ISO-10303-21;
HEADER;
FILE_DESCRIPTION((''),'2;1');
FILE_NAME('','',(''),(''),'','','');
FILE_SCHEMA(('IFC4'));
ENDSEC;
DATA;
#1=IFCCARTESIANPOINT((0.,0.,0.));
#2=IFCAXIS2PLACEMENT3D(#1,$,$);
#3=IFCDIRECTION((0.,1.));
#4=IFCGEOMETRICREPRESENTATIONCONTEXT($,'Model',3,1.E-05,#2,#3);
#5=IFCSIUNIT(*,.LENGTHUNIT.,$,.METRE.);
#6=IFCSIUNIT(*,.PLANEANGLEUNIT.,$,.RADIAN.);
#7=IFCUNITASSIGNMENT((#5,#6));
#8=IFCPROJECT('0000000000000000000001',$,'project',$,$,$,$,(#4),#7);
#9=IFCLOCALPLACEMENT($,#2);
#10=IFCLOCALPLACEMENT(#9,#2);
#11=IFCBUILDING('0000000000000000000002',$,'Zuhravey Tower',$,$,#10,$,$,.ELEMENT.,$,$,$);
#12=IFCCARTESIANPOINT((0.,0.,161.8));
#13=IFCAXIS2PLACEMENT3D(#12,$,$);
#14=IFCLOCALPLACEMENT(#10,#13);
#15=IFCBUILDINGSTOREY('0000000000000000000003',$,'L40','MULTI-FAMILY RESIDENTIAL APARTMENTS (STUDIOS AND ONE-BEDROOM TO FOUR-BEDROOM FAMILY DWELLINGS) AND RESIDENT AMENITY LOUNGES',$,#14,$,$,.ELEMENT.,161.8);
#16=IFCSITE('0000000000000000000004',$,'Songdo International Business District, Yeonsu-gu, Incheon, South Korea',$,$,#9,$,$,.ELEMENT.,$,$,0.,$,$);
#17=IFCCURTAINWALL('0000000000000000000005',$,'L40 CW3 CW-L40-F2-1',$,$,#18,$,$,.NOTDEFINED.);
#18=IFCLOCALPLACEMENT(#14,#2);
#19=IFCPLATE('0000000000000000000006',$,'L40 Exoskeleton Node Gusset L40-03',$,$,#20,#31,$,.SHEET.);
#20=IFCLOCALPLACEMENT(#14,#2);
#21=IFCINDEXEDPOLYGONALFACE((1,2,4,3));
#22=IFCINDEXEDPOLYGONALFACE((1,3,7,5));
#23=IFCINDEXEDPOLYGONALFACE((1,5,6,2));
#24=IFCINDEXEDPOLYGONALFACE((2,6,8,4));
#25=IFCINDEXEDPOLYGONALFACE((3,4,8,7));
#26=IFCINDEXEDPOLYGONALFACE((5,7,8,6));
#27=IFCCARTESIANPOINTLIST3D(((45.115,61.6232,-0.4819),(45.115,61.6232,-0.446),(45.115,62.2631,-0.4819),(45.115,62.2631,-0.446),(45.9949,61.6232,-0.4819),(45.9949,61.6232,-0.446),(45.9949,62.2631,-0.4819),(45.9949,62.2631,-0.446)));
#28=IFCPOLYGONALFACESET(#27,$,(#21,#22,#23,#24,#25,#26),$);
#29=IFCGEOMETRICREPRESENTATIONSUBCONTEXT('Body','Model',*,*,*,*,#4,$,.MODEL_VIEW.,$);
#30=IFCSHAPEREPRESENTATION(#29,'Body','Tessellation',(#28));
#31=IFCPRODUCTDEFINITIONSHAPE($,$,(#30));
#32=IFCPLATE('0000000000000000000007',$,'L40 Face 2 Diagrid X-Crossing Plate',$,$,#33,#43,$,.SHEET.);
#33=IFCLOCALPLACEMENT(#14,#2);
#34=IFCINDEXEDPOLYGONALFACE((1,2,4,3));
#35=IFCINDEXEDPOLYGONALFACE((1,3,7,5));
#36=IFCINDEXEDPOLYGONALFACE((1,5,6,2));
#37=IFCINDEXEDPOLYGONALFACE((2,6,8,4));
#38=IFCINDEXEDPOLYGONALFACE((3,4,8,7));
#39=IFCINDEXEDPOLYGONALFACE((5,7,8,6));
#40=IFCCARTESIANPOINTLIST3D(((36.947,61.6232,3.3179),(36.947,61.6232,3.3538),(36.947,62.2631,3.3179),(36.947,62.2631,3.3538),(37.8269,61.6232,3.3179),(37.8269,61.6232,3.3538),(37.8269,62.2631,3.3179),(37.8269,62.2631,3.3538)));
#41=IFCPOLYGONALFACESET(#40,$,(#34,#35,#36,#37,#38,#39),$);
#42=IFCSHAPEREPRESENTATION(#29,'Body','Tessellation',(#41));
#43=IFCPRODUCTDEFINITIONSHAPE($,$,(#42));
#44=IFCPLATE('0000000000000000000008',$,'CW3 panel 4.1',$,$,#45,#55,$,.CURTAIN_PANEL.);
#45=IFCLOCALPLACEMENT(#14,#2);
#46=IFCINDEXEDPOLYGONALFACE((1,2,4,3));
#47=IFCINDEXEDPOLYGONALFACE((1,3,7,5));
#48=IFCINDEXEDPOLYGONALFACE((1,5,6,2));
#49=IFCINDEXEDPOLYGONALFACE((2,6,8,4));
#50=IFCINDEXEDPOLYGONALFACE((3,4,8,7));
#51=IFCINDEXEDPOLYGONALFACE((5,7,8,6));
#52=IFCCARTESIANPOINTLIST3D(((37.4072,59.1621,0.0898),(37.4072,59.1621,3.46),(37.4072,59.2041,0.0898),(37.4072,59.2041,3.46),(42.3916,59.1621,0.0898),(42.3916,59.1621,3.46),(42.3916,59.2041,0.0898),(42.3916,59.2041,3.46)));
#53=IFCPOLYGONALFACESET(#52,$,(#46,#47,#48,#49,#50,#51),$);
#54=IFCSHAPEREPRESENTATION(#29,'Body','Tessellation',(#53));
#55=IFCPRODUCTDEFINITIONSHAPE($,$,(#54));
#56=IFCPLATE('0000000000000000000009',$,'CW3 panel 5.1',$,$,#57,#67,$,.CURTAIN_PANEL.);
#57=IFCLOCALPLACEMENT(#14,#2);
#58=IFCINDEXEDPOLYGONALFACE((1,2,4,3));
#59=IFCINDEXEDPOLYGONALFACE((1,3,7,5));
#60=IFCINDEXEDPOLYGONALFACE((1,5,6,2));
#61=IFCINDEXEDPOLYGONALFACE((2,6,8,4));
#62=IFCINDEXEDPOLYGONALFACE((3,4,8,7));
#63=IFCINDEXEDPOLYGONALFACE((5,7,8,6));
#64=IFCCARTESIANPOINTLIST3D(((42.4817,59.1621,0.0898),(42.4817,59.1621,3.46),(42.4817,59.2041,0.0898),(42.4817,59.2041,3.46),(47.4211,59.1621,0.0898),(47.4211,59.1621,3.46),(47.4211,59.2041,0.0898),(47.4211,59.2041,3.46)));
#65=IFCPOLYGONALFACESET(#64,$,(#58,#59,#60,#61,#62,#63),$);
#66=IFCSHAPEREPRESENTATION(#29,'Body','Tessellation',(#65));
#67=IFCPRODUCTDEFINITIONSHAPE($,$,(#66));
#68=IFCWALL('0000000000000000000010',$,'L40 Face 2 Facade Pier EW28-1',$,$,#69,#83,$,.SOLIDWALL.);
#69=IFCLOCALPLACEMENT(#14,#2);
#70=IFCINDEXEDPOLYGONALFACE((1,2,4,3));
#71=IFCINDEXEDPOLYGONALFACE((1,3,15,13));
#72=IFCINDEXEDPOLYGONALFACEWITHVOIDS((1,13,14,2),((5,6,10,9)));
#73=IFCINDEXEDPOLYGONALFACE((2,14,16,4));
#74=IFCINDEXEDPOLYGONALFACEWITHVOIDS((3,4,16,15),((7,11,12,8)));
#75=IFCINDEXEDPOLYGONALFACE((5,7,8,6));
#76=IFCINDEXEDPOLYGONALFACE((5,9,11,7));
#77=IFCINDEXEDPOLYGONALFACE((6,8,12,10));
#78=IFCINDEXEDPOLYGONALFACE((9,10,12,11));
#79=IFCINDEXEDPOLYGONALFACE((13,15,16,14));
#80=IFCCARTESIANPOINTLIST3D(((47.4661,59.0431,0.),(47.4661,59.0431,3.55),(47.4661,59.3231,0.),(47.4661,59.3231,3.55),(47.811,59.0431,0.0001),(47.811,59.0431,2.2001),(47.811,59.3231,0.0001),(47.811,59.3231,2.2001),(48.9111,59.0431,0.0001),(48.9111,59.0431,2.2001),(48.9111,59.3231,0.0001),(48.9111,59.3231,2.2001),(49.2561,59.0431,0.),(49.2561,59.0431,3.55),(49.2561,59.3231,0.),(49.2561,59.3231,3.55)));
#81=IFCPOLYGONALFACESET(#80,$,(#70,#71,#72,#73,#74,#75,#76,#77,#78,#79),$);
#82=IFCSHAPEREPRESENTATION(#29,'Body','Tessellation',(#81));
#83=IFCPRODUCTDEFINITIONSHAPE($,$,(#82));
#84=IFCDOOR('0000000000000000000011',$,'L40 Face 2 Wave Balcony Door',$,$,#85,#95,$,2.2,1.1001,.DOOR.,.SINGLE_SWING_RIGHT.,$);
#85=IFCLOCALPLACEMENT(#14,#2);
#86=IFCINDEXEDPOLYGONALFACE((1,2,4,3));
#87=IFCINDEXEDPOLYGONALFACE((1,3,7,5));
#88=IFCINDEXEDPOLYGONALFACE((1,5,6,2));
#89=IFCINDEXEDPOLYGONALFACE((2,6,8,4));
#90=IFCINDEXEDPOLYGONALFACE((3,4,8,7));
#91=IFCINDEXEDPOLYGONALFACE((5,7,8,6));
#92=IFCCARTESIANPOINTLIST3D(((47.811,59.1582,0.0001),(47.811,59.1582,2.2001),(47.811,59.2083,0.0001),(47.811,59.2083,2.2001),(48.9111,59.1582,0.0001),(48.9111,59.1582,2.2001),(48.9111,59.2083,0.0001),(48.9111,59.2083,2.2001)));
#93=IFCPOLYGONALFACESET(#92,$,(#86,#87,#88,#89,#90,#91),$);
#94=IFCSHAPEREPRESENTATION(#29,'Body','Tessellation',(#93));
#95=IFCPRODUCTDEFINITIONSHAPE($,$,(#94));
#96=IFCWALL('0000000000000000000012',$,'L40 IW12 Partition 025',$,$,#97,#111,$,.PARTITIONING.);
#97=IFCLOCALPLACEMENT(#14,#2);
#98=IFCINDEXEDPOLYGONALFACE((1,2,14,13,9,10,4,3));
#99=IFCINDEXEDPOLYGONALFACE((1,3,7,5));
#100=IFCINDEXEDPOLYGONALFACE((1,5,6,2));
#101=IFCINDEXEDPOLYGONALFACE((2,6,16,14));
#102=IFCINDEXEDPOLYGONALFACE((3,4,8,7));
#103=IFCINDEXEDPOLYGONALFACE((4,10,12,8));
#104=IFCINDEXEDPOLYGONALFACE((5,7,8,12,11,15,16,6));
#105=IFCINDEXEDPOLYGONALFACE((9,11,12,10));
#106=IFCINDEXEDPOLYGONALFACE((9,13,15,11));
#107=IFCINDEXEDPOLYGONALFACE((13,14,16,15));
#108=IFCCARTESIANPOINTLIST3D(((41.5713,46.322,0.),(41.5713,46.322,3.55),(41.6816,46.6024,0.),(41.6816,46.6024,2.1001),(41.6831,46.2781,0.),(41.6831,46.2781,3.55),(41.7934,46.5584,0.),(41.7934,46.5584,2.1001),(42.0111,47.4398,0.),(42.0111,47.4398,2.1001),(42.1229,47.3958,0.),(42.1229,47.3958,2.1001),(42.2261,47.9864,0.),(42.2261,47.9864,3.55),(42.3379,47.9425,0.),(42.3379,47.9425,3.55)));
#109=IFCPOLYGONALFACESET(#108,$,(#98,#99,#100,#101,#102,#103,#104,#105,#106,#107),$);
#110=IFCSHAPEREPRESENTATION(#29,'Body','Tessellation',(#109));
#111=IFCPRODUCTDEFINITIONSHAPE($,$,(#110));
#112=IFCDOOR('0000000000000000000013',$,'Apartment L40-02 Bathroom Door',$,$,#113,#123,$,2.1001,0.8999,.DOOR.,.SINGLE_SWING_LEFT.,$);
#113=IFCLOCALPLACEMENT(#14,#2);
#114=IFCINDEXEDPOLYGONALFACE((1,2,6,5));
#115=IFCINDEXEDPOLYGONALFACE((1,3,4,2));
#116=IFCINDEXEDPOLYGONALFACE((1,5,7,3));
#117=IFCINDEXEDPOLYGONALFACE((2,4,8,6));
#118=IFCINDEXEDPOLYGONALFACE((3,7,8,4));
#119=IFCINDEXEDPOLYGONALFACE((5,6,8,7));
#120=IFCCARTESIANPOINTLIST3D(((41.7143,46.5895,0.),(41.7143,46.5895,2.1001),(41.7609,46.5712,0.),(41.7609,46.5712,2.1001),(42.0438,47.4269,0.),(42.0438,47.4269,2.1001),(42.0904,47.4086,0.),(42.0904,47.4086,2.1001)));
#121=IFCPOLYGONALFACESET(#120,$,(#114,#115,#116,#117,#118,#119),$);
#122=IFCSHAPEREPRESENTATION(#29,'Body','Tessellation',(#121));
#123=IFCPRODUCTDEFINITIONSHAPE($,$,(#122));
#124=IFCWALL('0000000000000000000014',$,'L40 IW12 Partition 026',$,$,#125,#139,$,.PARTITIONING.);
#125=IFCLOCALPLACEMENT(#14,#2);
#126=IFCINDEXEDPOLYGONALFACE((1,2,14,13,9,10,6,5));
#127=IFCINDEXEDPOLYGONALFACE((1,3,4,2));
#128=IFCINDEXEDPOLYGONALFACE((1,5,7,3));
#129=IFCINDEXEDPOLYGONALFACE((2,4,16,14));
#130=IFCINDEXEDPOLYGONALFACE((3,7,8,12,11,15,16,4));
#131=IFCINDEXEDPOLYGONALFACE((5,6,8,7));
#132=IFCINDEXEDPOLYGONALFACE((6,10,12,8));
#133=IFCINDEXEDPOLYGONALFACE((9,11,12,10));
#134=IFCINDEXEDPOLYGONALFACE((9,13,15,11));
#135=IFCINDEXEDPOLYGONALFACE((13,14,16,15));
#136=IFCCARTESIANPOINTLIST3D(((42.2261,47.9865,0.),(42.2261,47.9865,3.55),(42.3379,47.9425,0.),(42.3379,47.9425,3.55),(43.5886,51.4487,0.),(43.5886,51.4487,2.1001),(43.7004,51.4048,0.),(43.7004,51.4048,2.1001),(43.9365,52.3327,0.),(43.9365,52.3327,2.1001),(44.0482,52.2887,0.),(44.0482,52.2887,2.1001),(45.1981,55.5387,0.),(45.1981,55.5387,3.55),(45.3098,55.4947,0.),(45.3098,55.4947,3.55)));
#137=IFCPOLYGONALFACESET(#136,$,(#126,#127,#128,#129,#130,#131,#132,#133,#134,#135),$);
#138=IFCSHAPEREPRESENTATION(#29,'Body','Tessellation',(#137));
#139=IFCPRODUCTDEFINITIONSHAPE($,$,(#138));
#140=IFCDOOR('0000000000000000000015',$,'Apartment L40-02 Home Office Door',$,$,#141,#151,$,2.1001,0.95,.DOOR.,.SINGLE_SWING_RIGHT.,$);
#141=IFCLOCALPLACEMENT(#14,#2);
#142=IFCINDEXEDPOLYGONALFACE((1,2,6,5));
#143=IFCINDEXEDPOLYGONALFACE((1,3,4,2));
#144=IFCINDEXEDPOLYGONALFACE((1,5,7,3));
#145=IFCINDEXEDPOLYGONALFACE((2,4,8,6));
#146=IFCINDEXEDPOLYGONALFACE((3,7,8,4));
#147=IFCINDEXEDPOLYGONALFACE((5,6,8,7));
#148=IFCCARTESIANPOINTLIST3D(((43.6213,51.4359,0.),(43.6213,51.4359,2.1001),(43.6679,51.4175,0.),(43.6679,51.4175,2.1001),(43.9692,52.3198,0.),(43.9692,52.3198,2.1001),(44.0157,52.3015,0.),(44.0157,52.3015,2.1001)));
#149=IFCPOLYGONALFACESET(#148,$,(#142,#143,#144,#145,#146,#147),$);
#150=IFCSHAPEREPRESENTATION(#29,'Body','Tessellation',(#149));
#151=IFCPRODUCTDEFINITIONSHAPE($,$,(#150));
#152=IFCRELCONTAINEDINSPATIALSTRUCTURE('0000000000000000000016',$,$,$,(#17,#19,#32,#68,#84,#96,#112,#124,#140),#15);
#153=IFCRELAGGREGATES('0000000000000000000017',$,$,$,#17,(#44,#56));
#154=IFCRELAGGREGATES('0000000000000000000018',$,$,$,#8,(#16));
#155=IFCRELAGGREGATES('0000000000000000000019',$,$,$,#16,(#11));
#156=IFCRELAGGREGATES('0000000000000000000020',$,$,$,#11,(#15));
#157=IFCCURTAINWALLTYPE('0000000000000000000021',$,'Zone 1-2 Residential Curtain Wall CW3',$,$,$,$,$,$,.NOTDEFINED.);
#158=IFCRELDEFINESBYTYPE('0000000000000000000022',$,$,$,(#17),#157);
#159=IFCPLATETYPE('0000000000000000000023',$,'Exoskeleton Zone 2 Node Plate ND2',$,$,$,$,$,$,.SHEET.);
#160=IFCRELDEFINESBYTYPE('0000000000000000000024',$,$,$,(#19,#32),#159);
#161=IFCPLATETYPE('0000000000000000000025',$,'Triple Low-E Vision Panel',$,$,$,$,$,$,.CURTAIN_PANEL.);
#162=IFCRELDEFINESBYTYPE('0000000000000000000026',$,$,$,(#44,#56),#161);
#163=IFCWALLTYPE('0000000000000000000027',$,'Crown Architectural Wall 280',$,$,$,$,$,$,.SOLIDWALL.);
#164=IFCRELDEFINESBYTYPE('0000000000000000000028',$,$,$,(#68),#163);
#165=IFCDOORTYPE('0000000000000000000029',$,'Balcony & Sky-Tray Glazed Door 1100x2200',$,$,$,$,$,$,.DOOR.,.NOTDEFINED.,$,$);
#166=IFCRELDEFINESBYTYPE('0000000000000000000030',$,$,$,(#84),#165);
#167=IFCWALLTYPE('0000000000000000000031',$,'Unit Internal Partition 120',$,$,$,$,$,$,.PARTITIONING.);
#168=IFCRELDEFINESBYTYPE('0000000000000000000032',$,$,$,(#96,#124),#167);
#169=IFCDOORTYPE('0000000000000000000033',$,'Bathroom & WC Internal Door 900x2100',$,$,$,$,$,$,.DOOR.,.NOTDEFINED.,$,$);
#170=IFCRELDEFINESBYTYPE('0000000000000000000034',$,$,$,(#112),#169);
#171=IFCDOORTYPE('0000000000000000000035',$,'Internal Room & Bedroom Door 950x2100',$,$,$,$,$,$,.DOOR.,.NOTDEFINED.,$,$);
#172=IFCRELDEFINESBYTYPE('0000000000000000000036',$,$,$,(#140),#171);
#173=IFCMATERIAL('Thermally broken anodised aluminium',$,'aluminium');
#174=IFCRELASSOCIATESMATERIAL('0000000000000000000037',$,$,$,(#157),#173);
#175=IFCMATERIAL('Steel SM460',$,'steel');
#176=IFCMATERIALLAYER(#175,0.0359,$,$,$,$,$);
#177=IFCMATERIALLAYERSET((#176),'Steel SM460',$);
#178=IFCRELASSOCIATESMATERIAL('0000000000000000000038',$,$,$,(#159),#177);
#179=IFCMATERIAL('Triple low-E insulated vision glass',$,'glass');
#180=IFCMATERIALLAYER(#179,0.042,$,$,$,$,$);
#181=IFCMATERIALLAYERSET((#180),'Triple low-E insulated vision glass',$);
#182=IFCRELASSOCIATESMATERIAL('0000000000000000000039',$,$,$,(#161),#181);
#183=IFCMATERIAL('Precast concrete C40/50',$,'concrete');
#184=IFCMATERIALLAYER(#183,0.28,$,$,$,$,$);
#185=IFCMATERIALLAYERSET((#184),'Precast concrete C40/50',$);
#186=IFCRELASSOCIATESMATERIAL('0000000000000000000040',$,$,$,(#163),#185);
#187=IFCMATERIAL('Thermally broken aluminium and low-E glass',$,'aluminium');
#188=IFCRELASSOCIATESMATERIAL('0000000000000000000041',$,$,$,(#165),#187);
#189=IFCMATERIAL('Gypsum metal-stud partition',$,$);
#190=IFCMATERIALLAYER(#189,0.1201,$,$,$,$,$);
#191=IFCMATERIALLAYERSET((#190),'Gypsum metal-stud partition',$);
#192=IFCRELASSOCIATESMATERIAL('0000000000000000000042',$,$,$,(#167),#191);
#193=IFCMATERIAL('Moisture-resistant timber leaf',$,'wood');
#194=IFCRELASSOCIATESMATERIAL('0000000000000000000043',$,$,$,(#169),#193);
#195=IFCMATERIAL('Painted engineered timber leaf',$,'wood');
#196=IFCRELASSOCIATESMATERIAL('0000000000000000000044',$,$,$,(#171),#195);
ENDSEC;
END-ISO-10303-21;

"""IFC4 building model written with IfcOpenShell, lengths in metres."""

from ifc_helpers import new_model, si_unit, direction, frame, frame_2d, origin, origin_2d, place, context, subcontext, project, spatial, rectangle, extrude, material, layer, layer_set, type_object, element, fill, aggregate, save


model = new_model("IFC4")

# Units and contexts
model_context = context("Model", 3, precision=1e-05, world=origin(), true_north=direction((0.0, 1.0)))
body_context = subcontext(model_context, "Body", "Model", "MODEL_VIEW")
ifc_project = project(units=[si_unit("LENGTHUNIT", "METRE"), si_unit("PLANEANGLEUNIT", "RADIAN")], contexts=[model_context])

# Site, building, storey
site_placement = place(None, origin())
site = spatial("IfcSite", under=ifc_project, at=site_placement, Name="Songdo International Business District, Yeonsu-gu, Incheon, South Korea", CompositionType="ELEMENT", RefElevation=0.0)
building_placement = place(site_placement, origin())
building = spatial("IfcBuilding", under=site, at=building_placement, Name="Zuhravey Tower", CompositionType="ELEMENT")
storey_placement = place(building_placement, frame((0.0, 0.0, 161.8)))
storey = spatial("IfcBuildingStorey", under=building, at=storey_placement, Name="L40", Description="MULTI-FAMILY RESIDENTIAL APARTMENTS (STUDIOS AND ONE-BEDROOM TO FOUR-BEDROOM FAMILY DWELLINGS) AND RESIDENT AMENITY LOUNGES", CompositionType="ELEMENT", Elevation=161.8)

# Curtain wall
ifc_material_1 = material(Name="Thermally broken anodised aluminium", Category="aluminium")
curtain_wall_type = type_object("IfcCurtainWallType", Name="Zone 1-2 Residential Curtain Wall CW3", PredefinedType="NOTDEFINED", material=ifc_material_1)
curtain_wall_placement = place(storey_placement, origin())
curtain_wall = element("IfcCurtainWall", 1, at=curtain_wall_placement, inside=storey, type_object=curtain_wall_type, Name="L40 CW3 CW-L40-F2-1", PredefinedType="NOTDEFINED")

# Shared definitions
ifc_material_2 = material(Name="Steel SM460", Category="steel")

# Plates
ifc_layer_1 = layer(ifc_material_2, 0.0359)
ifc_layer_set_1 = layer_set([ifc_layer_1], Name="Steel SM460")
plate_type_1 = type_object("IfcPlateType", Name="Exoskeleton Zone 2 Node Plate ND2", PredefinedType="SHEET", material=ifc_layer_set_1)
for number, where, z_axis, x_axis, name in (
    (2, (45.5549, 61.9431, -0.4819), (0.0, 0.0, 1.0), (-1.0, 0.0, 0.0), "L40 Exoskeleton Node Gusset L40-03"),
    (3, (37.387, 61.9431, 3.3179), (0.0, 0.0, 1.0), (-1.0, 0.0, 0.0), "L40 Face 2 Diagrid X-Crossing Plate"),
):
    element("IfcPlate", number, at=place(storey_placement, frame(where, z_axis=z_axis, x_axis=x_axis)), inside=storey, type_object=plate_type_1, Name=name, PredefinedType="SHEET", context=body_context, shape_type="SweptSolid", body=[
        extrude(rectangle(XDim=0.8799, YDim=0.6399, at=origin_2d()), origin(), (0.0, 0.0, 1.0), 0.0359),
    ])

# Plates
ifc_material_3 = material(Name="Triple low-E insulated vision glass", Category="glass")
ifc_layer_2 = layer(ifc_material_3, 0.042)
ifc_layer_set_2 = layer_set([ifc_layer_2], Name="Triple low-E insulated vision glass")
plate_type_2 = type_object("IfcPlateType", Name="Triple Low-E Vision Panel", PredefinedType="CURTAIN_PANEL", material=ifc_layer_set_2)
plate_1_placement = place(storey_placement, frame((39.8994, 59.1831, 0.0898), z_axis=(0.0, 0.0, 1.0), x_axis=(1.0, 0.0, 0.0)))
plate_1 = element("IfcPlate", 4, at=plate_1_placement, type_object=plate_type_2, Name="CW3 panel 4.1", PredefinedType="CURTAIN_PANEL", context=body_context, shape_type="SweptSolid", body=[
    extrude(rectangle(XDim=4.9844, YDim=0.042, at=origin_2d()), origin(), (0.0, 0.0, 1.0), 3.3701),
])
plate_2_placement = place(storey_placement, frame((44.9514, 59.1831, 0.0898), z_axis=(0.0, 0.0, 1.0), x_axis=(1.0, 0.0, 0.0)))
plate_2 = element("IfcPlate", 5, at=plate_2_placement, type_object=plate_type_2, Name="CW3 panel 5.1", PredefinedType="CURTAIN_PANEL", context=body_context, shape_type="SweptSolid", body=[
    extrude(rectangle(XDim=4.9395, YDim=0.042, at=origin_2d()), origin(), (0.0, 0.0, 1.0), 3.3701),
])
aggregate(curtain_wall, [plate_1, plate_2])

# Walls, openings, doors
ifc_material_4 = material(Name="Precast concrete C40/50", Category="concrete")
ifc_layer_3 = layer(ifc_material_4, 0.28)
ifc_layer_set_3 = layer_set([ifc_layer_3], Name="Precast concrete C40/50")
wall_type_1 = type_object("IfcWallType", Name="Crown Architectural Wall 280", PredefinedType="SOLIDWALL", material=ifc_layer_set_3)
wall_1_placement = place(storey_placement, frame((47.4661, 59.1831, 0.0), z_axis=(0.0, 0.0, 1.0), x_axis=(1.0, 0.0, 0.0)))
wall_1 = element("IfcWall", 6, at=wall_1_placement, inside=storey, type_object=wall_type_1, Name="L40 Face 2 Facade Pier EW28-1", PredefinedType="SOLIDWALL", context=body_context, shape_type="SweptSolid", body=[
    extrude(rectangle(XDim=1.79, YDim=0.28, at=frame_2d((0.895, 0.0))), origin(), (0.0, 0.0, 1.0), 3.55),
])
opening_1_placement = place(wall_1_placement, frame((0.345, 0.0, 0.0)))
opening_1 = element("IfcOpeningElement", 7, at=opening_1_placement, cuts=wall_1, PredefinedType="OPENING", context=body_context, shape_type="SweptSolid", body=[
    extrude(rectangle(XDim=1.1001, YDim=2.2, at=frame_2d((0.55, 1.1001))), frame((0.0, 0.1521, 0.0), z_axis=(0.0, -1.0, 0.0), x_axis=(1.0, 0.0, 0.0)), (0.0, 0.0, 1.0), 0.304),
])
ifc_material_5 = material(Name="Thermally broken aluminium and low-E glass", Category="aluminium")
door_type_1 = type_object("IfcDoorType", Name="Balcony & Sky-Tray Glazed Door 1100x2200", OperationType="NOTDEFINED", PredefinedType="DOOR", material=ifc_material_5)
door_1_placement = place(opening_1_placement, frame((1.1001, 0.0, 0.0), z_axis=(0.0, 0.0, 1.0), x_axis=(-1.0, 0.0, 0.0)))
door_1 = element("IfcDoor", 8, at=door_1_placement, inside=storey, type_object=door_type_1, Name="L40 Face 2 Wave Balcony Door", OperationType="SINGLE_SWING_RIGHT", OverallHeight=2.2, OverallWidth=1.1001, PredefinedType="DOOR", context=body_context, shape_type="SweptSolid", body=[
    extrude(rectangle(XDim=1.1001, YDim=2.2, at=frame_2d((0.55, 1.1001))), frame((0.0, 0.0249, 0.0), z_axis=(0.0, -1.0, 0.0), x_axis=(1.0, 0.0, 0.0)), (0.0, 0.0, 1.0), 0.05),
])
fill(opening_1, door_1)
ifc_material_6 = material(Name="Gypsum metal-stud partition")
ifc_layer_4 = layer(ifc_material_6, 0.1201)
ifc_layer_set_4 = layer_set([ifc_layer_4], Name="Gypsum metal-stud partition")
wall_type_2 = type_object("IfcWallType", Name="Unit Internal Partition 120", PredefinedType="PARTITIONING", material=ifc_layer_set_4)
wall_2_placement = place(storey_placement, frame((41.6272, 46.3, 0.0), z_axis=(0.0, 0.0, 1.0), x_axis=(0.366113, 0.930571, 0.0)))
wall_2 = element("IfcWall", 9, at=wall_2_placement, inside=storey, type_object=wall_type_2, Name="L40 IW12 Partition 025", PredefinedType="PARTITIONING", context=body_context, shape_type="SweptSolid", body=[
    extrude(rectangle(XDim=1.7886, YDim=0.1201, at=frame_2d((0.8943, 0.0))), origin(), (0.0, 0.0, 1.0), 3.55),
])
opening_2_placement = place(wall_2_placement, frame((0.3013, 0.0, 0.0)))
opening_2 = element("IfcOpeningElement", 10, at=opening_2_placement, cuts=wall_2, PredefinedType="OPENING", context=body_context, shape_type="SweptSolid", body=[
    extrude(rectangle(XDim=0.8999, YDim=2.1001, at=frame_2d((0.45, 1.05))), frame((0.0, 0.072, 0.0), z_axis=(0.0, -1.0, 0.0), x_axis=(1.0, 0.0, 0.0)), (0.0, 0.0, 1.0), 0.144),
])
ifc_material_7 = material(Name="Moisture-resistant timber leaf", Category="wood")
door_type_2 = type_object("IfcDoorType", Name="Bathroom & WC Internal Door 900x2100", OperationType="NOTDEFINED", PredefinedType="DOOR", material=ifc_material_7)
door_2_placement = place(opening_2_placement, origin())
door_2 = element("IfcDoor", 11, at=door_2_placement, inside=storey, type_object=door_type_2, Name="Apartment L40-02 Bathroom Door", OperationType="SINGLE_SWING_LEFT", OverallHeight=2.1001, OverallWidth=0.8999, PredefinedType="DOOR", context=body_context, shape_type="SweptSolid", body=[
    extrude(rectangle(XDim=0.8999, YDim=2.1001, at=frame_2d((0.45, 1.05))), frame((0.0, 0.0249, 0.0), z_axis=(0.0, -1.0, 0.0), x_axis=(1.0, 0.0, 0.0)), (0.0, 0.0, 1.0), 0.05),
])
fill(opening_2, door_2)
wall_3_placement = place(storey_placement, frame((42.282, 47.9644, 0.0), z_axis=(0.0, 0.0, 1.0), x_axis=(0.366183, 0.930543, 0.0)))
wall_3 = element("IfcWall", 12, at=wall_3_placement, inside=storey, type_object=wall_type_2, Name="L40 IW12 Partition 026", PredefinedType="PARTITIONING", context=body_context, shape_type="SweptSolid", body=[
    extrude(rectangle(XDim=8.116, YDim=0.1201, at=frame_2d((4.0581, 0.0))), origin(), (0.0, 0.0, 1.0), 3.55),
])
opening_3_placement = place(wall_3_placement, frame((3.7207, 0.0, 0.0)))
opening_3 = element("IfcOpeningElement", 13, at=opening_3_placement, cuts=wall_3, PredefinedType="OPENING", context=body_context, shape_type="SweptSolid", body=[
    extrude(rectangle(XDim=0.95, YDim=2.1001, at=frame_2d((0.4751, 1.05))), frame((0.0, 0.072, 0.0), z_axis=(0.0, -1.0, 0.0), x_axis=(1.0, 0.0, 0.0)), (0.0, 0.0, 1.0), 0.144),
])
ifc_material_8 = material(Name="Painted engineered timber leaf", Category="wood")
door_type_3 = type_object("IfcDoorType", Name="Internal Room & Bedroom Door 950x2100", OperationType="NOTDEFINED", PredefinedType="DOOR", material=ifc_material_8)
door_3_placement = place(opening_3_placement, origin())
door_3 = element("IfcDoor", 14, at=door_3_placement, inside=storey, type_object=door_type_3, Name="Apartment L40-02 Home Office Door", OperationType="SINGLE_SWING_RIGHT", OverallHeight=2.1001, OverallWidth=0.95, PredefinedType="DOOR", context=body_context, shape_type="SweptSolid", body=[
    extrude(rectangle(XDim=0.95, YDim=2.1001, at=frame_2d((0.4751, 1.05))), frame((0.0, 0.0249, 0.0), z_axis=(0.0, -1.0, 0.0), x_axis=(1.0, 0.0, 0.0)), (0.0, 0.0, 1.0), 0.05),
])
fill(opening_3, door_3)

save(model, "model.ifc")
